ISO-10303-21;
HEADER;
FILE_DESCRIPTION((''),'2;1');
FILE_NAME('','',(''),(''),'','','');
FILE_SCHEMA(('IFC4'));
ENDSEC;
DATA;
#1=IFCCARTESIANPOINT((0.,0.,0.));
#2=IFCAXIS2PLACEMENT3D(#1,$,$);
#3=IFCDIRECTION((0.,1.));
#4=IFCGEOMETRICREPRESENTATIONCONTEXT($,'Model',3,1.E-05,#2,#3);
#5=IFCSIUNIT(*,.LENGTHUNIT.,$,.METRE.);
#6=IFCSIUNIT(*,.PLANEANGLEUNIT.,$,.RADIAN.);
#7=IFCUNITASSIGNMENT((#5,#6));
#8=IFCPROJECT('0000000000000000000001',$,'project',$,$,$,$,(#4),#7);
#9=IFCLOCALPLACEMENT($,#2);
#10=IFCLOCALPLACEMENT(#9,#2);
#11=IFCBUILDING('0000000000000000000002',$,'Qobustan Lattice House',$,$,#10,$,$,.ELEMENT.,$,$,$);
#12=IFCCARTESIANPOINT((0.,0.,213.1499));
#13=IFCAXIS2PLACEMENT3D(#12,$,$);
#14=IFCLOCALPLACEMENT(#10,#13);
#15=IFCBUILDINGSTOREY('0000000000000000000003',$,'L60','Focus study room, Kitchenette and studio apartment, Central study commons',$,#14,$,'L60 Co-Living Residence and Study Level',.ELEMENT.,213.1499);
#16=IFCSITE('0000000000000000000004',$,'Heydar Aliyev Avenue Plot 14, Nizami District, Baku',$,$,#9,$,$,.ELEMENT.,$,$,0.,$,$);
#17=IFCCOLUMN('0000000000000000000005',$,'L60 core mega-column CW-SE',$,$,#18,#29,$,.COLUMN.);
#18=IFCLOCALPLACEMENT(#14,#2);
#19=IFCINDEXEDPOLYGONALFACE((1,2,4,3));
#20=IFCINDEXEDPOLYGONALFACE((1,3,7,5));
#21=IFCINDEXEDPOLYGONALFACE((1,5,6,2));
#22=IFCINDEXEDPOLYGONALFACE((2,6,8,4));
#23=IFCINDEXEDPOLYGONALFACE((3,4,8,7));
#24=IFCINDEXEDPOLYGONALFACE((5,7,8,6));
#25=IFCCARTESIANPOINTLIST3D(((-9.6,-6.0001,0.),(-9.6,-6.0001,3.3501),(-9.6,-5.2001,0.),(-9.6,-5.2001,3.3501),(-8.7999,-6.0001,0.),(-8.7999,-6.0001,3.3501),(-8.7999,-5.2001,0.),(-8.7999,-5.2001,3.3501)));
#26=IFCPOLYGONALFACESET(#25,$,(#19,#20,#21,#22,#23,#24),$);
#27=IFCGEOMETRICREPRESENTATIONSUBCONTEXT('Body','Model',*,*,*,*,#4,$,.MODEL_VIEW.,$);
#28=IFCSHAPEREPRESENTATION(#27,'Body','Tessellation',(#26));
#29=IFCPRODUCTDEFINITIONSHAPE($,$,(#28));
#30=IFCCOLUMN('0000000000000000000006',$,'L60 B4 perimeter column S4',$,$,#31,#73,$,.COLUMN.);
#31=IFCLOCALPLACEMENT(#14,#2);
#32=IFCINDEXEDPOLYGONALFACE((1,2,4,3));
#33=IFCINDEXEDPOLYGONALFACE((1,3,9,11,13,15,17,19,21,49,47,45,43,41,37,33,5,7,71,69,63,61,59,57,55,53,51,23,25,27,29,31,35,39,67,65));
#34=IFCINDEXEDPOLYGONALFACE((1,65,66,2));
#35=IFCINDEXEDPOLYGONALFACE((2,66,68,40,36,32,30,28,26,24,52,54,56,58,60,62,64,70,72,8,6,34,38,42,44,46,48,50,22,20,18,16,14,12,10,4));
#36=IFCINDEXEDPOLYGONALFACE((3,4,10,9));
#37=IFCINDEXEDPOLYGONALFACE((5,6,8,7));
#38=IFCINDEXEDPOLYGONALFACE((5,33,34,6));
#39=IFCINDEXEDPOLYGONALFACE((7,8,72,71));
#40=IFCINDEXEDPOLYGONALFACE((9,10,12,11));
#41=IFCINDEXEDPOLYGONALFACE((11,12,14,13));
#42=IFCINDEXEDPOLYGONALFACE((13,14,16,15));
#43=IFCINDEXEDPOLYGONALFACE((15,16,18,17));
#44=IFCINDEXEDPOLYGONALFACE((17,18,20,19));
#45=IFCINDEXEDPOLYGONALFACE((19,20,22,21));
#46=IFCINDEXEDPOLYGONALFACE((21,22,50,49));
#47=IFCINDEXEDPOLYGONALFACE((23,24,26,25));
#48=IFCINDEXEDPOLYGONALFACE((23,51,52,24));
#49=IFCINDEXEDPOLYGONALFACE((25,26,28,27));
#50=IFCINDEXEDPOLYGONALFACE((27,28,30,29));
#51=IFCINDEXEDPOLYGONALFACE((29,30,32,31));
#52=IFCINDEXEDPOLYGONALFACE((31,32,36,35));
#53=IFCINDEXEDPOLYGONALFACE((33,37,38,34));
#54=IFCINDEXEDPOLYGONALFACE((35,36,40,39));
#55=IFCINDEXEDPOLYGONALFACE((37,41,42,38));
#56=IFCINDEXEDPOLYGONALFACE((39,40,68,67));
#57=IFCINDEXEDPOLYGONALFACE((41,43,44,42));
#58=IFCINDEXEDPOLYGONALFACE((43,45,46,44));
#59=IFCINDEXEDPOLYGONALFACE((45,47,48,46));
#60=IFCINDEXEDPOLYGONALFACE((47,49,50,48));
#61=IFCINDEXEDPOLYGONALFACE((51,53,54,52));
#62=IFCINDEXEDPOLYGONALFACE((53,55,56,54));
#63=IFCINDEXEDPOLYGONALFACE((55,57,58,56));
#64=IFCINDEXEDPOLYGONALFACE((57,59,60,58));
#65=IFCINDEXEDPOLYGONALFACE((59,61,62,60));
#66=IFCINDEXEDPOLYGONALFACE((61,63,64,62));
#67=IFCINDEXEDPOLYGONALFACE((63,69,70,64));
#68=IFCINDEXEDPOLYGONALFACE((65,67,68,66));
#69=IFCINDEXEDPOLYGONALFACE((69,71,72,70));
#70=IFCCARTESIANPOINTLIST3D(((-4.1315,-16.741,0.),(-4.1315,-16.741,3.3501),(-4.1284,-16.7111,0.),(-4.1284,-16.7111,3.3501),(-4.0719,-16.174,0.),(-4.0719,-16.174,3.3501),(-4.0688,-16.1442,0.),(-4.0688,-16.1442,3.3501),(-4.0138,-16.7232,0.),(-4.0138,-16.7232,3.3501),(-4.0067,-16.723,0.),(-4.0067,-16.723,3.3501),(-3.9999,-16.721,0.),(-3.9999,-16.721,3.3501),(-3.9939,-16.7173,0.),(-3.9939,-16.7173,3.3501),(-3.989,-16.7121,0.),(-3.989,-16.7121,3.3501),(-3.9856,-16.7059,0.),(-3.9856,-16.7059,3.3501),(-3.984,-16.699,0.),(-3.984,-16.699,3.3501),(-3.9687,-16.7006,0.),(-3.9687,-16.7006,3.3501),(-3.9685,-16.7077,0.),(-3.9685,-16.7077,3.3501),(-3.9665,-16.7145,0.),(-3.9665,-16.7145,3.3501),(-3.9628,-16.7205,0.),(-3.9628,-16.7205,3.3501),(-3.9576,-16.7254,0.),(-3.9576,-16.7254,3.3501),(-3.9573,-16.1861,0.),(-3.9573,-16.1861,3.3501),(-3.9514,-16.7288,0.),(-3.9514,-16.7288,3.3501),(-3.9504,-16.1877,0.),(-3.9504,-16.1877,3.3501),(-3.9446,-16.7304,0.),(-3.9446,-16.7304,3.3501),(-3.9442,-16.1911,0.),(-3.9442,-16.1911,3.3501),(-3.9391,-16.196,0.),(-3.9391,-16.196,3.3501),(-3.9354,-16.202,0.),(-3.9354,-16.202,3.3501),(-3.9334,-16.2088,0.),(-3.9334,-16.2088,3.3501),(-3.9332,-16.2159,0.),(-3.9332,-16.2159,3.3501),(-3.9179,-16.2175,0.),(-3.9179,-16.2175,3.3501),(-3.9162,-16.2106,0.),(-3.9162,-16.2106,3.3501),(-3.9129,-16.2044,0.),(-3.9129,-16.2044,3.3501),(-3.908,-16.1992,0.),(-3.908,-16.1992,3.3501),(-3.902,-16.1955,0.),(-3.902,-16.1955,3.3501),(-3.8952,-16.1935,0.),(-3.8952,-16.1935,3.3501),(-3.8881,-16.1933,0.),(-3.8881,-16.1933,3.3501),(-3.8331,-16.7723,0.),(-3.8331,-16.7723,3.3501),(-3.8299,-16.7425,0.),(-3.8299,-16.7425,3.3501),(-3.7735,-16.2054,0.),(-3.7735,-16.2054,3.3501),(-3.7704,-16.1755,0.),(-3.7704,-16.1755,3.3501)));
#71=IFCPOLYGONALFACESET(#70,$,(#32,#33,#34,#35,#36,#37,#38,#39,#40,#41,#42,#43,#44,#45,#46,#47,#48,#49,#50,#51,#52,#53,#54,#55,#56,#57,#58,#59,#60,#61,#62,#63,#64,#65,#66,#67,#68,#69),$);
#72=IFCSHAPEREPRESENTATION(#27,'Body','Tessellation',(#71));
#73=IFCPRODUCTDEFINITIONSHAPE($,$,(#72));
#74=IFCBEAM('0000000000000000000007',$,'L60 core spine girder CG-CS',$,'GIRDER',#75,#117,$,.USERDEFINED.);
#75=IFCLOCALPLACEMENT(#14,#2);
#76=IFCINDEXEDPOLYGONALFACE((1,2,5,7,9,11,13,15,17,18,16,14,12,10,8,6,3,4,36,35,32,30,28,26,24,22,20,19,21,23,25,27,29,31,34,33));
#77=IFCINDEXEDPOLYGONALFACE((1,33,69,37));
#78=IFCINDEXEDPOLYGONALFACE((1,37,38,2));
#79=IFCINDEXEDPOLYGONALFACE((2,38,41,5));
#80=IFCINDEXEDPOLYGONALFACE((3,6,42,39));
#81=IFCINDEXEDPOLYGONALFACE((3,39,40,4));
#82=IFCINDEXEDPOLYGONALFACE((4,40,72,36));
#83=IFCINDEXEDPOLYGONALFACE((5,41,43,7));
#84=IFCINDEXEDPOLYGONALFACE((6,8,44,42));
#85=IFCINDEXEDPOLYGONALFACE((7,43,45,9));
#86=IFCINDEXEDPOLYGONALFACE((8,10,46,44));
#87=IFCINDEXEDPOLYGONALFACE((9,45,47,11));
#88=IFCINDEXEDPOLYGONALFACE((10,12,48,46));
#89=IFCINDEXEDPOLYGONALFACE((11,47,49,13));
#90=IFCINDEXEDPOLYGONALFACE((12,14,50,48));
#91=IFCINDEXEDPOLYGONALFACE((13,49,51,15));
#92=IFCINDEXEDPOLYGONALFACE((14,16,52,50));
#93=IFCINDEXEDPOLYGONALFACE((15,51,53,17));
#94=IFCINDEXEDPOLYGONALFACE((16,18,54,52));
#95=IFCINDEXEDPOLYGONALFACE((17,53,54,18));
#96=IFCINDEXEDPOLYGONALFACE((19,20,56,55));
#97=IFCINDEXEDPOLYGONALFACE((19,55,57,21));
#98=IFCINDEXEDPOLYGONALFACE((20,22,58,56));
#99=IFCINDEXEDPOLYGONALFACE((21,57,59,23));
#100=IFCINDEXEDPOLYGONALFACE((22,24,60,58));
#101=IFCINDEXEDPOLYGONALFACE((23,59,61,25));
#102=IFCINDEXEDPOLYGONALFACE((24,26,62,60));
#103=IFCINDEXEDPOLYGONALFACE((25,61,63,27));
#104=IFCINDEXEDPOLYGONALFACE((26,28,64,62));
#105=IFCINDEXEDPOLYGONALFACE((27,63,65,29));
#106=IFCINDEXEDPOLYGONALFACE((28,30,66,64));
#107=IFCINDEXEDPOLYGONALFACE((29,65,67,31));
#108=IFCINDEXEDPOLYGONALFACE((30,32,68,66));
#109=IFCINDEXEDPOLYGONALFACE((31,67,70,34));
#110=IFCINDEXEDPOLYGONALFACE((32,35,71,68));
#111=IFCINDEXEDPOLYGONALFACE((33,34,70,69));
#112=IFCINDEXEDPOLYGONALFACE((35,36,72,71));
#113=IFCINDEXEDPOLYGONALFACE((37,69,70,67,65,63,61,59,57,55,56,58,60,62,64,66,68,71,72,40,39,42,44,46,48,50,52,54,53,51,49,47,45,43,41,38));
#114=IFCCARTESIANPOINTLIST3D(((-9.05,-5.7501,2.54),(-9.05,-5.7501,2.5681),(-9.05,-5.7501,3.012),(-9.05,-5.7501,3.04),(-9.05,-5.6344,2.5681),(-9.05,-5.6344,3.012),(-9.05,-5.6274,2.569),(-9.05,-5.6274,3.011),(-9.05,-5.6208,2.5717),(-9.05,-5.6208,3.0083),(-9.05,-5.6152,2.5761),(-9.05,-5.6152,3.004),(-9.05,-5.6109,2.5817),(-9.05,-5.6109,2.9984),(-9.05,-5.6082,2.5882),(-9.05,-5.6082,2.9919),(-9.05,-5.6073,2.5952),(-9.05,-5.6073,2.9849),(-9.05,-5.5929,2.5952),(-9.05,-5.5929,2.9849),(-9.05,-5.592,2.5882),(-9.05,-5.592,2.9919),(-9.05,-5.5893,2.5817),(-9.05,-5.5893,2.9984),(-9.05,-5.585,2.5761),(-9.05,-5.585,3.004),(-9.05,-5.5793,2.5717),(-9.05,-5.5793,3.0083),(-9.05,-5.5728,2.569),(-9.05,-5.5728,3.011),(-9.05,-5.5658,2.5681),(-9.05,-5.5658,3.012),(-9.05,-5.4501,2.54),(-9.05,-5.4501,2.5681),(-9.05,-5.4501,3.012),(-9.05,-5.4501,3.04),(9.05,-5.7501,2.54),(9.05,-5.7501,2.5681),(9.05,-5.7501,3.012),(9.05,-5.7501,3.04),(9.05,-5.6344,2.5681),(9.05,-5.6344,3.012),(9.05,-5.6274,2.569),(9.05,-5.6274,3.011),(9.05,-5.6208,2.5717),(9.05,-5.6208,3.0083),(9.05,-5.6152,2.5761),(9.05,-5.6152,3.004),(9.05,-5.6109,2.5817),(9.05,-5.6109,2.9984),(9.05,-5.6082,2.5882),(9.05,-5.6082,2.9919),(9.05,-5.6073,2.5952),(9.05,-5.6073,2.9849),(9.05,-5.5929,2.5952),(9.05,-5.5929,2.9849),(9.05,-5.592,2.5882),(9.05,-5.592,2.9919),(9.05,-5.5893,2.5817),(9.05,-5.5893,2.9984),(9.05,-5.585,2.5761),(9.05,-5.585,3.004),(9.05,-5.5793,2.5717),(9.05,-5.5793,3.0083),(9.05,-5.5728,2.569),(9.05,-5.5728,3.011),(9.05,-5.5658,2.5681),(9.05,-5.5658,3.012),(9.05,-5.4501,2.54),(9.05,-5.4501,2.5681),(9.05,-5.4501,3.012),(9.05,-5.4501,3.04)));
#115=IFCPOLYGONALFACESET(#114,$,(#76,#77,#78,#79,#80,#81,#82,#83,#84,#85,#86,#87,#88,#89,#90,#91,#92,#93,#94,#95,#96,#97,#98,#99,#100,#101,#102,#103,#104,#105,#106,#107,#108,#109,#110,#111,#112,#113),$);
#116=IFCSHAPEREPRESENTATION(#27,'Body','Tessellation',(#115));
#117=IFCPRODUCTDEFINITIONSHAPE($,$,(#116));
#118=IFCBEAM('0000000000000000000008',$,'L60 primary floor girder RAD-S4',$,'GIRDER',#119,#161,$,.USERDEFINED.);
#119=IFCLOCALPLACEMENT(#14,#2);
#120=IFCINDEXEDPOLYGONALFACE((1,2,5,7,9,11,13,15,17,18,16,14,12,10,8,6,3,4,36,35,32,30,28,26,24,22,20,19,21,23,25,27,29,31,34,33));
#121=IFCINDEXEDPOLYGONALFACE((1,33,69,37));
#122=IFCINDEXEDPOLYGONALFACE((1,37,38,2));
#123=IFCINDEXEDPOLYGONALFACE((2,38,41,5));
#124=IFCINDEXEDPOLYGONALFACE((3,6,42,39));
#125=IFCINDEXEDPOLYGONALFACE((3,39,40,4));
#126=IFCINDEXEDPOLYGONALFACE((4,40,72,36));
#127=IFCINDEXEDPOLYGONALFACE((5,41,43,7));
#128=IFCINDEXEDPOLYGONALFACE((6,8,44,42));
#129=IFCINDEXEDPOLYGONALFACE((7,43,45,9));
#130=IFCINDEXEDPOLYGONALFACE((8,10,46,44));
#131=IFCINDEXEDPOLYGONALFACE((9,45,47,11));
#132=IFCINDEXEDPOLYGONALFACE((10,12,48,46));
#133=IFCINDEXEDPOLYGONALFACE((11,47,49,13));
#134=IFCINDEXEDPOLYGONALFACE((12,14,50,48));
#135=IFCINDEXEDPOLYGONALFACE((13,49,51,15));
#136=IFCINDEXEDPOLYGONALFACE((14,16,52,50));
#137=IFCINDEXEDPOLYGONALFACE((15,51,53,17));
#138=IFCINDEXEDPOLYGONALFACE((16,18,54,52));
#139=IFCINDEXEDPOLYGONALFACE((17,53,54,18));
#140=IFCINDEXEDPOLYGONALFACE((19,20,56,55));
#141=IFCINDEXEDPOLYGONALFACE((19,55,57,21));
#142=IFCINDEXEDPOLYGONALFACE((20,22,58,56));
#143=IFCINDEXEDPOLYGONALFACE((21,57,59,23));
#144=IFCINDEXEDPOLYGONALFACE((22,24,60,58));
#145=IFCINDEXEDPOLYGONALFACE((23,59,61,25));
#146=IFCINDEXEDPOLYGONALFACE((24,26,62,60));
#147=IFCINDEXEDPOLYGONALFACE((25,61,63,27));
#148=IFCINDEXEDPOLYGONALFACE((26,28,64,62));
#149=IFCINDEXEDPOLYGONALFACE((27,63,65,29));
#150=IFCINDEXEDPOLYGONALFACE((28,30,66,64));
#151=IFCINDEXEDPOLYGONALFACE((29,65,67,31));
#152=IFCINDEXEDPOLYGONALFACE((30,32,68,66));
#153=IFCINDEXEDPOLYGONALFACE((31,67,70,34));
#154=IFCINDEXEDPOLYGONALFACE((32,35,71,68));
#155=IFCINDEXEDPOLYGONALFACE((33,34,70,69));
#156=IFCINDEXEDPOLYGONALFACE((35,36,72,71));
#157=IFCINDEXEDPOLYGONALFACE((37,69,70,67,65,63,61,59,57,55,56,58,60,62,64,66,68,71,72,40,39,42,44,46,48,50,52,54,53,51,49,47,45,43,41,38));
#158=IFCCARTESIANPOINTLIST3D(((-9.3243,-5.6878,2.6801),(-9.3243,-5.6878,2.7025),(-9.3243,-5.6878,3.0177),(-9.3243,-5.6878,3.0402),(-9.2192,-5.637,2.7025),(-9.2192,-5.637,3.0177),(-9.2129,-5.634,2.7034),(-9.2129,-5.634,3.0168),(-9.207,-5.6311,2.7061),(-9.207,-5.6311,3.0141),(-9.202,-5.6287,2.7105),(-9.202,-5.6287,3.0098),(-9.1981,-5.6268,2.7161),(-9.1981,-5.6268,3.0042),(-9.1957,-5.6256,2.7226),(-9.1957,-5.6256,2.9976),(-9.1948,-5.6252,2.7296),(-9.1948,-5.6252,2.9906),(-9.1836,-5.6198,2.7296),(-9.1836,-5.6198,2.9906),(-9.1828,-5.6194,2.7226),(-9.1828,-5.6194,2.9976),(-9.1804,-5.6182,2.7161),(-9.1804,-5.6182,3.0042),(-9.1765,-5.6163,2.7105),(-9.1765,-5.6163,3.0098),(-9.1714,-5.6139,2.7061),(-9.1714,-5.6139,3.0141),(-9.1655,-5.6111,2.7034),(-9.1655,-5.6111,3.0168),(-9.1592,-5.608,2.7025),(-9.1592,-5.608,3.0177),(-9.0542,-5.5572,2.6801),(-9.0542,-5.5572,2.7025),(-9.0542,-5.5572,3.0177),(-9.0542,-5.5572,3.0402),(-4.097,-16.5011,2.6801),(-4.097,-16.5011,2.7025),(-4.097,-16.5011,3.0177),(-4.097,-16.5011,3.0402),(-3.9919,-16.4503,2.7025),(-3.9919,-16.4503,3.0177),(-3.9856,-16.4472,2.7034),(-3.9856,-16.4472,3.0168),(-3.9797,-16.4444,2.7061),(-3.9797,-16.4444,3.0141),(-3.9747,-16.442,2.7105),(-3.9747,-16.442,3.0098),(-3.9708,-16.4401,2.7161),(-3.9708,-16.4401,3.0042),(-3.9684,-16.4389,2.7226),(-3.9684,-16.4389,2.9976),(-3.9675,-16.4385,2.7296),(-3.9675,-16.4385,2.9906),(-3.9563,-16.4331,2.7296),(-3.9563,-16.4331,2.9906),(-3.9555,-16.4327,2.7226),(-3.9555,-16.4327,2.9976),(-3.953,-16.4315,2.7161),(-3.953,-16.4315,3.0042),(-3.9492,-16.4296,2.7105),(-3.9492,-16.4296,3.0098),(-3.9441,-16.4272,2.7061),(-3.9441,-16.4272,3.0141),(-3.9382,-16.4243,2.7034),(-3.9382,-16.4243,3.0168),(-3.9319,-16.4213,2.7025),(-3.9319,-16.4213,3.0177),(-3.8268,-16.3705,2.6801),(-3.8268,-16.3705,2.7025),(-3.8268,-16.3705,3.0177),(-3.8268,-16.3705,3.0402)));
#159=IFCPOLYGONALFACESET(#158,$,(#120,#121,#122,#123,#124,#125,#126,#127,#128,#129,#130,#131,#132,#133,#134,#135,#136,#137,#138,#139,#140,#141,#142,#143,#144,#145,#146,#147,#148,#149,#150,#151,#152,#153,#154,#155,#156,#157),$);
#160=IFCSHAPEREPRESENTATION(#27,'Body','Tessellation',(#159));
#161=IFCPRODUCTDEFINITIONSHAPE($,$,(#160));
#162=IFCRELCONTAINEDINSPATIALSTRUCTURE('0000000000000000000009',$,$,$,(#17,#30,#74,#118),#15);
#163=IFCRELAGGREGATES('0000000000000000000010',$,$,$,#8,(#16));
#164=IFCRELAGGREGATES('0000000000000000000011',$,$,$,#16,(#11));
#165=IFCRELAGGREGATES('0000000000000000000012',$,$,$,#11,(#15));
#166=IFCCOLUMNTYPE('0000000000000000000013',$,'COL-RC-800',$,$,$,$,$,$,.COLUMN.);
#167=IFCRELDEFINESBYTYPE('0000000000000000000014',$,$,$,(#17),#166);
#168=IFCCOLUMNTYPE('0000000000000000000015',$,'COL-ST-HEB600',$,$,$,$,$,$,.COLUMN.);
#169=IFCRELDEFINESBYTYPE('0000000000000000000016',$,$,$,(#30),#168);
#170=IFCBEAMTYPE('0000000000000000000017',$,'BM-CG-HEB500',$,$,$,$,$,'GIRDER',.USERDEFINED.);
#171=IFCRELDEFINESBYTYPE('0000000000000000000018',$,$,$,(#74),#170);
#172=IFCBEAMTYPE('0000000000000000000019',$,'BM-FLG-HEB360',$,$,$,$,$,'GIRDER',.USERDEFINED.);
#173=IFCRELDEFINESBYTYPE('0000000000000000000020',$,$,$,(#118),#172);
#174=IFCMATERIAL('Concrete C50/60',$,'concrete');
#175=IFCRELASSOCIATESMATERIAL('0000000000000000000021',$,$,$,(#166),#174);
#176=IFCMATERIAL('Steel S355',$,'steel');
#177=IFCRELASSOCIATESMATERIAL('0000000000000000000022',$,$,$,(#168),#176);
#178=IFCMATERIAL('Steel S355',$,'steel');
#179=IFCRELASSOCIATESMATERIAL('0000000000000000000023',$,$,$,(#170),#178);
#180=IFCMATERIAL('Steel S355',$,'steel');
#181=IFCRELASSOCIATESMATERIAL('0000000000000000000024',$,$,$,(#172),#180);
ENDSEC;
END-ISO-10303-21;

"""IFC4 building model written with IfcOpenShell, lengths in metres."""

from ifc_helpers import new_model, si_unit, direction, frame, origin, origin_2d, place, context, subcontext, project, spatial, rectangle, i_section, extrude, material, material_profile, profile_set, type_object, element, save


model = new_model("IFC4")

# Units and contexts
model_context = context("Model", 3, precision=1e-05, world=origin(), true_north=direction((0.0, 1.0)))
body_context = subcontext(model_context, "Body", "Model", "MODEL_VIEW")
ifc_project = project(units=[si_unit("LENGTHUNIT", "METRE"), si_unit("PLANEANGLEUNIT", "RADIAN")], contexts=[model_context])

# Site, building, storey
site_placement = place(None, origin())
site = spatial("IfcSite", under=ifc_project, at=site_placement, Name="Heydar Aliyev Avenue Plot 14, Nizami District, Baku", CompositionType="ELEMENT", RefElevation=0.0)
building_placement = place(site_placement, origin())
building = spatial("IfcBuilding", under=site, at=building_placement, Name="Qobustan Lattice House", CompositionType="ELEMENT")
storey_placement = place(building_placement, frame((0.0, 0.0, 213.1499)))
storey = spatial("IfcBuildingStorey", under=building, at=storey_placement, Name="L60", Description="Focus study room, Kitchenette and studio apartment, Central study commons", LongName="L60 Co-Living Residence and Study Level", CompositionType="ELEMENT", Elevation=213.1499)

# Columns
ifc_material_1 = material(Name="Concrete C50/60", Category="concrete")
ifc_material_profile_1 = material_profile(ifc_material_1, rectangle(XDim=0.8, YDim=0.8, at=origin_2d()), Name="RC800x800")
ifc_profile_set_1 = profile_set([ifc_material_profile_1], Name="Concrete C50/60")
column_type_1 = type_object("IfcColumnType", Name="COL-RC-800", PredefinedType="COLUMN", material=ifc_profile_set_1)
column_1_placement = place(storey_placement, frame((-9.2, -5.6001, 0.0), z_axis=(0.0, 0.0, 1.0), x_axis=(1.0, 0.0, 0.0)))
element("IfcColumn", 1, at=column_1_placement, inside=storey, type_object=column_type_1, Name="L60 core mega-column CW-SE", PredefinedType="COLUMN", context=body_context, shape_type="SweptSolid", body=[
    extrude(rectangle(XDim=0.8, YDim=0.8, at=origin_2d()), origin(), (0.0, 0.0, 1.0), 3.3501),
])
ifc_material_2 = material(Name="Steel S355", Category="steel")
ifc_material_profile_2 = material_profile(ifc_material_2, i_section(OverallWidth=0.3, OverallDepth=0.6001, WebThickness=0.0154, FlangeThickness=0.03, FilletRadius=0.0271, at=origin_2d()), Name="HEB600")
ifc_profile_set_2 = profile_set([ifc_material_profile_2], Name="Steel S355")
column_type_2 = type_object("IfcColumnType", Name="COL-ST-HEB600", PredefinedType="COLUMN", material=ifc_profile_set_2)
column_2_placement = place(storey_placement, frame((-3.9509, -16.4583, 0.0), z_axis=(0.0, 0.0, 1.0), x_axis=(0.994522, -0.104528, 0.0)))
element("IfcColumn", 2, at=column_2_placement, inside=storey, type_object=column_type_2, Name="L60 B4 perimeter column S4", PredefinedType="COLUMN", context=body_context, shape_type="SweptSolid", body=[
    extrude(i_section(OverallWidth=0.3, OverallDepth=0.6001, WebThickness=0.0154, FlangeThickness=0.03, FilletRadius=0.0271, at=origin_2d()), origin(), (0.0, 0.0, 1.0), 3.3501),
])

# Beams
ifc_material_3 = material(Name="Steel S355", Category="steel")
ifc_material_profile_3 = material_profile(ifc_material_3, i_section(OverallWidth=0.3, OverallDepth=0.5, WebThickness=0.0144, FlangeThickness=0.0281, FilletRadius=0.0271, at=origin_2d()), Name="HEB500")
ifc_profile_set_3 = profile_set([ifc_material_profile_3], Name="Steel S355")
beam_type_1 = type_object("IfcBeamType", Name="BM-CG-HEB500", ElementType="GIRDER", PredefinedType="USERDEFINED", material=ifc_profile_set_3)
beam_1_placement = place(storey_placement, frame((-9.05, -5.6001, 2.79), z_axis=(1.0, 0.0, 0.0), x_axis=(0.0, 1.0, 0.0)))
element("IfcBeam", 3, at=beam_1_placement, inside=storey, type_object=beam_type_1, Name="L60 core spine girder CG-CS", ObjectType="GIRDER", PredefinedType="USERDEFINED", context=body_context, shape_type="SweptSolid", body=[
    extrude(i_section(OverallWidth=0.3, OverallDepth=0.5, WebThickness=0.0144, FlangeThickness=0.0281, FilletRadius=0.0271, at=origin_2d()), origin(), (0.0, 0.0, 1.0), 18.1001),
])
ifc_material_4 = material(Name="Steel S355", Category="steel")
ifc_material_profile_4 = material_profile(ifc_material_4, i_section(OverallWidth=0.3, OverallDepth=0.3601, WebThickness=0.0125, FlangeThickness=0.0225, FilletRadius=0.0271, at=origin_2d()), Name="HEB360")
ifc_profile_set_4 = profile_set([ifc_material_profile_4], Name="Steel S355")
beam_type_2 = type_object("IfcBeamType", Name="BM-FLG-HEB360", ElementType="GIRDER", PredefinedType="USERDEFINED", material=ifc_profile_set_4)
beam_2_placement = place(storey_placement, frame((-3.9619, -16.4358, 2.8601), z_axis=(-0.435229, 0.90032, 0.0), x_axis=(-0.90032, -0.435229, 0.0)))
element("IfcBeam", 4, at=beam_2_placement, inside=storey, type_object=beam_type_2, Name="L60 primary floor girder RAD-S4", ObjectType="GIRDER", PredefinedType="USERDEFINED", context=body_context, shape_type="SweptSolid", body=[
    extrude(i_section(OverallWidth=0.3, OverallDepth=0.3601, WebThickness=0.0125, FlangeThickness=0.0225, FilletRadius=0.0271, at=origin_2d()), origin(), (0.0, 0.0, 1.0), 12.0105),
])

save(model, "model.ifc")
